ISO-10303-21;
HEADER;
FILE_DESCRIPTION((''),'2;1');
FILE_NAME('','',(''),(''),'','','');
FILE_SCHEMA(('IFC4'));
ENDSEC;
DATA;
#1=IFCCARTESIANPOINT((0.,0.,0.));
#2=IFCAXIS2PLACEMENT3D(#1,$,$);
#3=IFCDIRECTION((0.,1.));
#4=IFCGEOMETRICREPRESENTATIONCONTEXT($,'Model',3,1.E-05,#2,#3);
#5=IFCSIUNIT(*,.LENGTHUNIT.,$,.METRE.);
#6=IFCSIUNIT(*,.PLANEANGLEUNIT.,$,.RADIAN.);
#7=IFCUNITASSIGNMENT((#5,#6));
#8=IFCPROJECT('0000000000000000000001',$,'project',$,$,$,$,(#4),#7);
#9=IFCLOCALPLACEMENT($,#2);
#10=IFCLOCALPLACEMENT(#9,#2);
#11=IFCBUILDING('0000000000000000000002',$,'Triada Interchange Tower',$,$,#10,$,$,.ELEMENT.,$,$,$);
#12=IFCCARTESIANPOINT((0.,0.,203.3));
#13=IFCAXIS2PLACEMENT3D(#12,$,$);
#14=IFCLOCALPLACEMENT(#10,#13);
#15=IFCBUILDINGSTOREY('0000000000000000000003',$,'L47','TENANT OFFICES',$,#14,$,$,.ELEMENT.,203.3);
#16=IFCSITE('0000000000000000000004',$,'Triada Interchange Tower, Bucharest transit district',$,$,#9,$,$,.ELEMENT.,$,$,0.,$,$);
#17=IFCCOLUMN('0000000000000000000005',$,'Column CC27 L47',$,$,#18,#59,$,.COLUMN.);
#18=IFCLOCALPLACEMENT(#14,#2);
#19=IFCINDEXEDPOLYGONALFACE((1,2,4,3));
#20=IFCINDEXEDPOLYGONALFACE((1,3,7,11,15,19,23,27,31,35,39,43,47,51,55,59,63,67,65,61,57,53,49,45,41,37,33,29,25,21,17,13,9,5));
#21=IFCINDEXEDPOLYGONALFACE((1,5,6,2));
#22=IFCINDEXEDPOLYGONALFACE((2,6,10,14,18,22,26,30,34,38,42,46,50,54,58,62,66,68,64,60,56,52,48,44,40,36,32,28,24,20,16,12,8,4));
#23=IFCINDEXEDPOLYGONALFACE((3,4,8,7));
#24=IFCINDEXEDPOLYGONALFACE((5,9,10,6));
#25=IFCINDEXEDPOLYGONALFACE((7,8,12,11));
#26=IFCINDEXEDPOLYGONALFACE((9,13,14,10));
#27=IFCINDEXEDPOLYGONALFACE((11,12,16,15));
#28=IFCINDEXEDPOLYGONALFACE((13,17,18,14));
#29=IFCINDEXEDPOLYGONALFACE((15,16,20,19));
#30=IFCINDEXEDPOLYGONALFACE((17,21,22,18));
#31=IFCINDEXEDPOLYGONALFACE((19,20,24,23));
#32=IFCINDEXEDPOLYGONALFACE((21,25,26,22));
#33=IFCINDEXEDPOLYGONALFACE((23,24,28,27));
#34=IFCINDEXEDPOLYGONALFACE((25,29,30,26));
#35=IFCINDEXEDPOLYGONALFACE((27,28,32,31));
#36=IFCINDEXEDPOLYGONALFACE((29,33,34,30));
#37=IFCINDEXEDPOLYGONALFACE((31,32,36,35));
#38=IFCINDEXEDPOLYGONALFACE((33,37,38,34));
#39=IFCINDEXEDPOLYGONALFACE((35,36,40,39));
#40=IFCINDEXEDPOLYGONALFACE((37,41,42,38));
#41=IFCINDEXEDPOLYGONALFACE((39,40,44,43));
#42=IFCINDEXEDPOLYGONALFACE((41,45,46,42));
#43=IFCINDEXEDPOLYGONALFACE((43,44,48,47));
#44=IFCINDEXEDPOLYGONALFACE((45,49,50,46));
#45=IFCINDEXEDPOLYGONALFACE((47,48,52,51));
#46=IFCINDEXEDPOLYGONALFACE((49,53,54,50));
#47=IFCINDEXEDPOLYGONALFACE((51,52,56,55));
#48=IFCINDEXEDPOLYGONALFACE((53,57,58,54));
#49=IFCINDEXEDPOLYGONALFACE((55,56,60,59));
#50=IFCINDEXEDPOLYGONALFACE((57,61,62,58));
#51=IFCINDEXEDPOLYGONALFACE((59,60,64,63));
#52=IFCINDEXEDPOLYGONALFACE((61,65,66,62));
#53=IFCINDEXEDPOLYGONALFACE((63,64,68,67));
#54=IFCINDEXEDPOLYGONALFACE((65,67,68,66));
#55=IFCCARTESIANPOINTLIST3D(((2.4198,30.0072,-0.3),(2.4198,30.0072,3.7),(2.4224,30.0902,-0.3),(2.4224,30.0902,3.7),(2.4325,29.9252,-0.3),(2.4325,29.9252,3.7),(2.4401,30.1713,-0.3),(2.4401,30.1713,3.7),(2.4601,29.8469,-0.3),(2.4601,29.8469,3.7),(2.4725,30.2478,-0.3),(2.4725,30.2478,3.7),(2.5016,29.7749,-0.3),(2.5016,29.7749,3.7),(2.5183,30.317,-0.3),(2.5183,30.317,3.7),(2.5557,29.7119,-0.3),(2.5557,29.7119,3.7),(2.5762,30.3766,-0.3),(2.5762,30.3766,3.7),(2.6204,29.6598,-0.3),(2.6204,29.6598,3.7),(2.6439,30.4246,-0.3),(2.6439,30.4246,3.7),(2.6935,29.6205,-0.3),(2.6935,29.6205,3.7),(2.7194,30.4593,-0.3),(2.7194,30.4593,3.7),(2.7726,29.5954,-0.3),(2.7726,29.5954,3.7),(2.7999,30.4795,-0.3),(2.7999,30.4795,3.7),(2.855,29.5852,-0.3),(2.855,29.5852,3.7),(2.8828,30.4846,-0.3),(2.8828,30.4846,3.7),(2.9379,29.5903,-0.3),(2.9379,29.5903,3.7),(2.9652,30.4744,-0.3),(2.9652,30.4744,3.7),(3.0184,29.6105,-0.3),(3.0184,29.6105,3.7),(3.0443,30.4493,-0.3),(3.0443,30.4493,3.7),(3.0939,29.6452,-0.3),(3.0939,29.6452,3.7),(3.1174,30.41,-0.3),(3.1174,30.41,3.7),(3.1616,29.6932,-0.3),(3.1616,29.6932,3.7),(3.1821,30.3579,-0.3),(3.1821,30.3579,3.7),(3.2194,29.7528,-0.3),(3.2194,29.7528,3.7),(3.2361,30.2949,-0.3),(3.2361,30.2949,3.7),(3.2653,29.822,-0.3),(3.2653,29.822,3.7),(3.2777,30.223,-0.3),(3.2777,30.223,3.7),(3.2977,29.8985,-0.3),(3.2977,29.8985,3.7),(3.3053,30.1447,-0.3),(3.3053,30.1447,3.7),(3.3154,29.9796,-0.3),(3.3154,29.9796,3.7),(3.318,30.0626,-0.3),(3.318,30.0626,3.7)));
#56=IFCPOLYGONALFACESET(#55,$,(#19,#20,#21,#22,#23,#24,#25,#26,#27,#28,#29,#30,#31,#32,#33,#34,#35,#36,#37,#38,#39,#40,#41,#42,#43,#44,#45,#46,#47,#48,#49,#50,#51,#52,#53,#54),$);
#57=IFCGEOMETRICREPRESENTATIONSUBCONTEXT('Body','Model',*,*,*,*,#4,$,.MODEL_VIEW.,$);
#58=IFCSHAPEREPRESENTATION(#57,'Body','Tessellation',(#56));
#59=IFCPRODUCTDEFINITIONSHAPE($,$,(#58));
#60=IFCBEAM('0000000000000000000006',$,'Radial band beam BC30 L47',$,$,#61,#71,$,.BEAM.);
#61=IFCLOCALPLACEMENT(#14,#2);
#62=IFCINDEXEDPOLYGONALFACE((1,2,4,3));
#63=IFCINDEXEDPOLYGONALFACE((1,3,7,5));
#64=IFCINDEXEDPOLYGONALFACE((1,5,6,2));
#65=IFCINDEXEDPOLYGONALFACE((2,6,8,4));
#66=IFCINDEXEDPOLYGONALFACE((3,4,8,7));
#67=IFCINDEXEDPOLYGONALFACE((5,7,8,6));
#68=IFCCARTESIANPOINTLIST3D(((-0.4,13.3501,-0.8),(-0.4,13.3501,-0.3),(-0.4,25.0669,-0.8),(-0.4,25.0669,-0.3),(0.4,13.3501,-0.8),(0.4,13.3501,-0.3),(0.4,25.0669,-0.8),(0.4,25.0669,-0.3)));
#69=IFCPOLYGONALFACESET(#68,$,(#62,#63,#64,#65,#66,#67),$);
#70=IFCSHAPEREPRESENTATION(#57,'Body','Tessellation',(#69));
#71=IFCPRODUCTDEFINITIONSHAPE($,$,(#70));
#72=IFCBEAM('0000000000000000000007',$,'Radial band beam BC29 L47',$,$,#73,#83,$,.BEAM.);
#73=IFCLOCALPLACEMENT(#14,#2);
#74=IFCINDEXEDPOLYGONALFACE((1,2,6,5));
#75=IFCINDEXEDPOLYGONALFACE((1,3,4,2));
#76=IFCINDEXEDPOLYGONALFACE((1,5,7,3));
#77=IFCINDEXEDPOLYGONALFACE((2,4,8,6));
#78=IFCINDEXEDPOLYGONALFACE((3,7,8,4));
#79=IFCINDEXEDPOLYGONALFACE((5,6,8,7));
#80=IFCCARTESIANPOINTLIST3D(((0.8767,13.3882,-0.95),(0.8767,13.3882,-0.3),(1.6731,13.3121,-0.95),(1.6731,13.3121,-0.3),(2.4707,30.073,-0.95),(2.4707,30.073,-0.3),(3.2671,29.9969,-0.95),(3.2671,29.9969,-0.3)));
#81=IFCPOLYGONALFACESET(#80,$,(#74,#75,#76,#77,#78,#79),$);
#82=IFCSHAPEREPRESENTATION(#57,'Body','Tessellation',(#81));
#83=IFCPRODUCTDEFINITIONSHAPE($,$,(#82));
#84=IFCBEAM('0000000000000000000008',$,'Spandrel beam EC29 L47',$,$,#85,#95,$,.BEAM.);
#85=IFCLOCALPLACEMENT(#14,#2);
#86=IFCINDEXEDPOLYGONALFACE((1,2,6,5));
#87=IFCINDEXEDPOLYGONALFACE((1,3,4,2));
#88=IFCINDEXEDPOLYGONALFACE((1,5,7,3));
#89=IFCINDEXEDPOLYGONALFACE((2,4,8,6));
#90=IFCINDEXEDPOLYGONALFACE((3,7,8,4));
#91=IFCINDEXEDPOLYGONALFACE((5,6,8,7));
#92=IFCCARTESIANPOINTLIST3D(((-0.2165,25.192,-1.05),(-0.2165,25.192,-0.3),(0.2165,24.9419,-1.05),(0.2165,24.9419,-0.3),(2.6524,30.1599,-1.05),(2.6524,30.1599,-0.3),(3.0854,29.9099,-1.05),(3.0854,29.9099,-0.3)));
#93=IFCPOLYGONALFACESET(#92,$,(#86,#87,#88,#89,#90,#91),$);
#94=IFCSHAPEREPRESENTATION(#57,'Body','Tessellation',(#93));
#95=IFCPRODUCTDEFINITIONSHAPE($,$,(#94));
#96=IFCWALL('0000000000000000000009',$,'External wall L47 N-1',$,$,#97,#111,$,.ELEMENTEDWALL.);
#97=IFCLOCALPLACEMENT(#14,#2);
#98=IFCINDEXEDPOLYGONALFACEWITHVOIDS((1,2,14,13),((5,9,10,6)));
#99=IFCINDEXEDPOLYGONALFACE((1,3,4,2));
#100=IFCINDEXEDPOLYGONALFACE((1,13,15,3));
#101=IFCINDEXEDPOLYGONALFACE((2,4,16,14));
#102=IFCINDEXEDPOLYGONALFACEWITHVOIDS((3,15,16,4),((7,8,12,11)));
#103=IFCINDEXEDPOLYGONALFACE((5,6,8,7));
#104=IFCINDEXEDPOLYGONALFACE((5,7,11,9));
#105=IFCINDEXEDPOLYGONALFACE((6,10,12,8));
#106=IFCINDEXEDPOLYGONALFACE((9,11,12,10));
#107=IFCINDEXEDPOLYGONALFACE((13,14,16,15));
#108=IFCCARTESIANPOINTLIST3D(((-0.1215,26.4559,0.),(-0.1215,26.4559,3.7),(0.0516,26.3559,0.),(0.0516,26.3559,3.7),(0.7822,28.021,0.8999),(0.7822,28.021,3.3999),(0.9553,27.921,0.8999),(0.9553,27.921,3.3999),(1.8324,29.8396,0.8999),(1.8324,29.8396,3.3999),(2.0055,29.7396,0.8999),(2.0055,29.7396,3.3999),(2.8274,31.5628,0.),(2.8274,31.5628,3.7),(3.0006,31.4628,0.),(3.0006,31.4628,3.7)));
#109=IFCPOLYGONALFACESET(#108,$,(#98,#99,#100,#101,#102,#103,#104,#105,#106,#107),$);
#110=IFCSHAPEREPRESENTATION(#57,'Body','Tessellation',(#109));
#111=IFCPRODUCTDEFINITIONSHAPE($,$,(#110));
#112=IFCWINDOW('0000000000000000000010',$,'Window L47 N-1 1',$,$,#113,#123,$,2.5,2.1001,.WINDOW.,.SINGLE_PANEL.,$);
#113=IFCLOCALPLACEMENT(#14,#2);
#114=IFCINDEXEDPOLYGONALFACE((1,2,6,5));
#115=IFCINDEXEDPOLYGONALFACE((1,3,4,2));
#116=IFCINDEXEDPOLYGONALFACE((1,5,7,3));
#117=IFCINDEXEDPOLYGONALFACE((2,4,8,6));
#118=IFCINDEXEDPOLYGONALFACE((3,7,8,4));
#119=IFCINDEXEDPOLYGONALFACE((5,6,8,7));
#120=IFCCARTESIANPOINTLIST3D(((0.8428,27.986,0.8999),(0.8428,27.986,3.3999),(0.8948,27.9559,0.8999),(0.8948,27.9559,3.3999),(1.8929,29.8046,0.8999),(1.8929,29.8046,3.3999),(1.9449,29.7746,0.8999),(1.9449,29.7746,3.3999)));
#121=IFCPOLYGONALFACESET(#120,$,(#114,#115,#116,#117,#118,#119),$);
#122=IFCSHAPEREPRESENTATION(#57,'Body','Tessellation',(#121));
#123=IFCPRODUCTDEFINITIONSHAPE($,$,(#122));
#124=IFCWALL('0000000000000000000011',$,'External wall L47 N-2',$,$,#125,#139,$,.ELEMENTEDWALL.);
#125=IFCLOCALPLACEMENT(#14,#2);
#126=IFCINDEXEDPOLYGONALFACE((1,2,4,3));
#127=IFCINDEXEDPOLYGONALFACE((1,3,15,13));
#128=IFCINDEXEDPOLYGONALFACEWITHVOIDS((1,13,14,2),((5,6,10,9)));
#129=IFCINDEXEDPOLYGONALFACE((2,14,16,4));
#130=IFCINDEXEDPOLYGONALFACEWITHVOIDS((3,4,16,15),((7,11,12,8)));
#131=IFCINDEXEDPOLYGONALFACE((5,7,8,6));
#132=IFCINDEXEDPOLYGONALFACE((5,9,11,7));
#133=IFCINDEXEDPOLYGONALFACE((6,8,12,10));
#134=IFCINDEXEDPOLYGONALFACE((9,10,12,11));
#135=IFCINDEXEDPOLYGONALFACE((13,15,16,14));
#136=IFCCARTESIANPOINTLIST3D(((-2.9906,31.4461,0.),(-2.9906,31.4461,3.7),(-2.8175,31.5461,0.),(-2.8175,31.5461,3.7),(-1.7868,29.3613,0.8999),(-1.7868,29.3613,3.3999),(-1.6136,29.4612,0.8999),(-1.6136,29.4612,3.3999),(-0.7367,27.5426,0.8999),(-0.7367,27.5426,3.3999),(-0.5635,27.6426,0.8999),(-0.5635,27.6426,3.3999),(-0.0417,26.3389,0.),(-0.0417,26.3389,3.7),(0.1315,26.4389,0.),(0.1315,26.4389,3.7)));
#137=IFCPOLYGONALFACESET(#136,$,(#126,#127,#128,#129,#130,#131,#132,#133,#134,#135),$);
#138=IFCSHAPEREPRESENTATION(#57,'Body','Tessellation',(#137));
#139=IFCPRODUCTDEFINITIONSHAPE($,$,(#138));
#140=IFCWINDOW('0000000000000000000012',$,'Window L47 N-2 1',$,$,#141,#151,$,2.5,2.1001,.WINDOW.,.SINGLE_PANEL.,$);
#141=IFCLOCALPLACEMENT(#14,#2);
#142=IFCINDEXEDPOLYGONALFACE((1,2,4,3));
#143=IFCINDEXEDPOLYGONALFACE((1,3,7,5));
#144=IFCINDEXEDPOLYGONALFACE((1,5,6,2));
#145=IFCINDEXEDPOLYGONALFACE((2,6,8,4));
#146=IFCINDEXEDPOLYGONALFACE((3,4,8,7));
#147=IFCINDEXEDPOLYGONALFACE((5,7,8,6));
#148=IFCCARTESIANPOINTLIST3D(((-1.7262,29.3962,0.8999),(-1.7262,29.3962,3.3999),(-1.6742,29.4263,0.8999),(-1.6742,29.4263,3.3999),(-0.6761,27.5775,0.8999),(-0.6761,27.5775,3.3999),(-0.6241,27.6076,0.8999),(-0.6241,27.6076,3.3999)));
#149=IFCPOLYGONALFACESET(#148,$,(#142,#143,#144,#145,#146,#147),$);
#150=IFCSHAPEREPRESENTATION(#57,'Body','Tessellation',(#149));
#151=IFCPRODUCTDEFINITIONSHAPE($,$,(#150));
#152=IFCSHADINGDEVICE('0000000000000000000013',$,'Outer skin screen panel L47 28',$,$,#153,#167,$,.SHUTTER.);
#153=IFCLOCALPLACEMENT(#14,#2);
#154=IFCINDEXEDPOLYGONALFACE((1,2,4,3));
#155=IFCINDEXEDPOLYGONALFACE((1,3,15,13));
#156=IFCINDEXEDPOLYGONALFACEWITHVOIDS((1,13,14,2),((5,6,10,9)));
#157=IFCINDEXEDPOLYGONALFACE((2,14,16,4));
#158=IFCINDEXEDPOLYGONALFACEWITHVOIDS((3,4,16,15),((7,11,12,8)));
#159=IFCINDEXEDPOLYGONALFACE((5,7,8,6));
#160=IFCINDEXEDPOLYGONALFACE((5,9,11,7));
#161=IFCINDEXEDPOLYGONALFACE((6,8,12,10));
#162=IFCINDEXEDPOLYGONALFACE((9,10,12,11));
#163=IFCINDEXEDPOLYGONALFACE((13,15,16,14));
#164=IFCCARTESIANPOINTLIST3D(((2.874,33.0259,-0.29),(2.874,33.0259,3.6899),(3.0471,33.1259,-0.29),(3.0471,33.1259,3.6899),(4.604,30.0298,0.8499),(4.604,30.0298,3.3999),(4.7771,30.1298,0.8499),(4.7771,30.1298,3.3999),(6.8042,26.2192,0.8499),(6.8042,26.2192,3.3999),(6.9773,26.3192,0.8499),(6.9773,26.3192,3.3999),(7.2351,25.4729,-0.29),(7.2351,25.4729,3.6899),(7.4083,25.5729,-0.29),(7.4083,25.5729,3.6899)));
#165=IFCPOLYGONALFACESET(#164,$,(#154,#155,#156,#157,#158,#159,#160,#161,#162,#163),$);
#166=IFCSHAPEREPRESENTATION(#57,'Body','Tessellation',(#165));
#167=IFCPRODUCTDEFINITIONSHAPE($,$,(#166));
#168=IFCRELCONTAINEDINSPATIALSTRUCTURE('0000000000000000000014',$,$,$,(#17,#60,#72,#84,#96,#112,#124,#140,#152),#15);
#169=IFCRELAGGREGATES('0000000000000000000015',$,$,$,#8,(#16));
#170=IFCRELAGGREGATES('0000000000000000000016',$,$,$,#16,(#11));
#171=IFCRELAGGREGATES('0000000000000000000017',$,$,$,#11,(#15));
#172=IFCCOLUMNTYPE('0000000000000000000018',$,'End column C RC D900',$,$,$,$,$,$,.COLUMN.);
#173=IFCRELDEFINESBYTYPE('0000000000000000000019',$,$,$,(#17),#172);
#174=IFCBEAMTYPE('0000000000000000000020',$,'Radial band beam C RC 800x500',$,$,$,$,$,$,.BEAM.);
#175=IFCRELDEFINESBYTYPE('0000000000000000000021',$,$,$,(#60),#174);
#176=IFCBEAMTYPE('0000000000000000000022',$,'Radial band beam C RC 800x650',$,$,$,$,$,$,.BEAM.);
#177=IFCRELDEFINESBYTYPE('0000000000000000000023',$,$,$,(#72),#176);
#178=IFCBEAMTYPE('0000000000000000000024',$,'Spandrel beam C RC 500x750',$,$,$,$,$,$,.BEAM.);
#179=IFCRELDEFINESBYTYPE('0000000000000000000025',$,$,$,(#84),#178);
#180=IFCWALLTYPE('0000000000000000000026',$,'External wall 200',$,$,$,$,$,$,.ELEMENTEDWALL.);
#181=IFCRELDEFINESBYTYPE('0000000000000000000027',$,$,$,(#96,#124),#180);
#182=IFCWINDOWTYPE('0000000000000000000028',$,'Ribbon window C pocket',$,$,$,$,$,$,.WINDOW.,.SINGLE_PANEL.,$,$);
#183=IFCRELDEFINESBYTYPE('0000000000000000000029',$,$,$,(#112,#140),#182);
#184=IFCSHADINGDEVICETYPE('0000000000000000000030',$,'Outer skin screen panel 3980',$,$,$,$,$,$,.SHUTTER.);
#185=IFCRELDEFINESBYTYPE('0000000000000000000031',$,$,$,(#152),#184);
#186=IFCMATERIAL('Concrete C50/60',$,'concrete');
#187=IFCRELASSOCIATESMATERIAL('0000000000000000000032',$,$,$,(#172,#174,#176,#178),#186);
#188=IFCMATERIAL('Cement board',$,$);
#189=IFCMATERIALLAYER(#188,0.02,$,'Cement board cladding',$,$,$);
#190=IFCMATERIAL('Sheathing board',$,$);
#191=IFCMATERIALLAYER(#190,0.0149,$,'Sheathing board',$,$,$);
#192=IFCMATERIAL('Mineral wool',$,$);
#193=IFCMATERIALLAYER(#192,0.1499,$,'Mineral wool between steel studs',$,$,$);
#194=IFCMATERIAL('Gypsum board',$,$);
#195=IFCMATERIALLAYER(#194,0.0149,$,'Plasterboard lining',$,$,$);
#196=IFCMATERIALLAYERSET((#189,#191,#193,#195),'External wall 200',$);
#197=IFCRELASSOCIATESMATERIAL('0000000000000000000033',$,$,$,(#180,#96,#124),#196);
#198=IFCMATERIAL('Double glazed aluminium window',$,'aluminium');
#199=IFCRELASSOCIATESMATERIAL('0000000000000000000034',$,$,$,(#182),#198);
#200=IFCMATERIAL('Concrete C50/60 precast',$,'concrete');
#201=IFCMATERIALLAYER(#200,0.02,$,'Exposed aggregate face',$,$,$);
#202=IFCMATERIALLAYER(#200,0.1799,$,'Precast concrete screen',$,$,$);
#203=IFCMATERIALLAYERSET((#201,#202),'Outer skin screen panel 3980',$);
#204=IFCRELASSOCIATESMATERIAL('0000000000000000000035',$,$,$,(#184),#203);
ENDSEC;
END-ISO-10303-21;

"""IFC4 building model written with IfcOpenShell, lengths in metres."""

from ifc_helpers import new_model, si_unit, direction, frame, frame_2d, origin, origin_2d, place, context, subcontext, project, spatial, polyline, rectangle, circle, outline, extrude, material, layer, layer_set, layer_usage, material_profile, profile_set, type_object, element, fill, save


model = new_model("IFC4")

# Units and contexts
model_context = context("Model", 3, precision=1e-05, world=origin(), true_north=direction((0.0, 1.0)))
body_context = subcontext(model_context, "Body", "Model", "MODEL_VIEW")
ifc_project = project(units=[si_unit("LENGTHUNIT", "METRE"), si_unit("PLANEANGLEUNIT", "RADIAN")], contexts=[model_context])

# Site, building, storey
site_placement = place(None, origin())
site = spatial("IfcSite", under=ifc_project, at=site_placement, Name="Triada Interchange Tower, Bucharest transit district", CompositionType="ELEMENT", RefElevation=0.0)
building_placement = place(site_placement, origin())
building = spatial("IfcBuilding", under=site, at=building_placement, Name="Triada Interchange Tower", CompositionType="ELEMENT")
storey_placement = place(building_placement, frame((0.0, 0.0, 203.3)))
storey = spatial("IfcBuildingStorey", under=building, at=storey_placement, Name="L47", Description="TENANT OFFICES", CompositionType="ELEMENT", Elevation=203.3)

# Column
ifc_material_1 = material(Name="Concrete C50/60", Category="concrete")
ifc_material_profile_1 = material_profile(ifc_material_1, circle(Radius=0.45, at=origin_2d()), Name="RC D900")
ifc_profile_set_1 = profile_set([ifc_material_profile_1], Name="Concrete C50/60")
column_type = type_object("IfcColumnType", Name="End column C RC D900", PredefinedType="COLUMN", material=ifc_profile_set_1)
column_placement = place(storey_placement, frame((2.8689, 30.0349, -0.3), z_axis=(0.0, 0.0, 1.0), x_axis=(-0.5, 0.866025, 0.0)))
element("IfcColumn", 1, at=column_placement, inside=storey, type_object=column_type, Name="Column CC27 L47", PredefinedType="COLUMN", context=body_context, shape_type="SweptSolid", body=[
    extrude(circle(Radius=0.45, at=origin_2d()), origin(), (0.0, 0.0, 1.0), 4.0),
])

# Beams
ifc_material_profile_2 = material_profile(ifc_material_1, rectangle(XDim=0.8, YDim=0.5, at=origin_2d()), Name="RC 800x500")
ifc_profile_set_2 = profile_set([ifc_material_profile_2], Name="Concrete C50/60")
beam_type_1 = type_object("IfcBeamType", Name="Radial band beam C RC 800x500", PredefinedType="BEAM", material=ifc_profile_set_2)
beam_1_placement = place(storey_placement, frame((0.0, 25.0669, -0.55), z_axis=(0.0, -1.0, 0.0), x_axis=(1.0, 0.0, 0.0)))
element("IfcBeam", 2, at=beam_1_placement, inside=storey, type_object=beam_type_1, Name="Radial band beam BC30 L47", PredefinedType="BEAM", context=body_context, shape_type="SweptSolid", body=[
    extrude(rectangle(XDim=0.8, YDim=0.5, at=origin_2d()), origin(), (0.0, 0.0, 1.0), 11.7168),
])
ifc_material_profile_3 = material_profile(ifc_material_1, rectangle(XDim=0.8, YDim=0.6499, at=origin_2d()), Name="RC 800x650")
ifc_profile_set_3 = profile_set([ifc_material_profile_3], Name="Concrete C50/60")
beam_type_2 = type_object("IfcBeamType", Name="Radial band beam C RC 800x650", PredefinedType="BEAM", material=ifc_profile_set_3)
beam_2_placement = place(storey_placement, frame((2.8689, 30.0349, -0.625), z_axis=(-0.095103, -0.995467, 0.0), x_axis=(0.995467, -0.095103, 0.0)))
element("IfcBeam", 3, at=beam_2_placement, inside=storey, type_object=beam_type_2, Name="Radial band beam BC29 L47", PredefinedType="BEAM", context=body_context, shape_type="SweptSolid", body=[
    extrude(rectangle(XDim=0.8, YDim=0.6499, at=origin_2d()), origin(), (0.0, 0.0, 1.0), 16.7607),
])
ifc_material_profile_4 = material_profile(ifc_material_1, rectangle(XDim=0.5, YDim=0.75, at=origin_2d()), Name="RC 500x750")
ifc_profile_set_4 = profile_set([ifc_material_profile_4], Name="Concrete C50/60")
beam_type_3 = type_object("IfcBeamType", Name="Spandrel beam C RC 500x750", PredefinedType="BEAM", material=ifc_profile_set_4)
beam_3_placement = place(storey_placement, frame((2.8689, 30.0349, -0.675), z_axis=(-0.50008, -0.865979, 0.0), x_axis=(0.865979, -0.50008, 0.0)))
element("IfcBeam", 4, at=beam_3_placement, inside=storey, type_object=beam_type_3, Name="Spandrel beam EC29 L47", PredefinedType="BEAM", context=body_context, shape_type="SweptSolid", body=[
    extrude(rectangle(XDim=0.5, YDim=0.75, at=origin_2d()), origin(), (0.0, 0.0, 1.0), 5.7368),
])

# Walls, openings, windows
ifc_material_2 = material(Name="Cement board")
ifc_layer_1 = layer(ifc_material_2, 0.02, Name="Cement board cladding")
ifc_material_3 = material(Name="Sheathing board")
ifc_layer_2 = layer(ifc_material_3, 0.0149, Name="Sheathing board")
ifc_material_4 = material(Name="Mineral wool")
ifc_layer_3 = layer(ifc_material_4, 0.1499, Name="Mineral wool between steel studs")
ifc_material_5 = material(Name="Gypsum board")
ifc_layer_4 = layer(ifc_material_5, 0.0149, Name="Plasterboard lining")
ifc_layer_set_1 = layer_set([ifc_layer_1, ifc_layer_2, ifc_layer_3, ifc_layer_4], Name="External wall 200")
ifc_layer_usage = layer_usage(ifc_layer_set_1, "AXIS2", "POSITIVE", -0.1001)
wall_type = type_object("IfcWallType", Name="External wall 200", PredefinedType="ELEMENTEDWALL", material=ifc_layer_set_1)
wall_1_placement = place(storey_placement, frame((2.9141, 31.5129, 0.0), z_axis=(0.0, 0.0, 1.0), x_axis=(-0.500062, -0.86599, 0.0)))
wall_1 = element("IfcWall", 5, at=wall_1_placement, inside=storey, type_object=wall_type, material=ifc_layer_usage, Name="External wall L47 N-1", PredefinedType="ELEMENTEDWALL", context=body_context, shape_type="SweptSolid", body=[
    extrude(rectangle(XDim=5.8972, YDim=0.2, at=frame_2d((2.9487, 0.0))), origin(), (0.0, 0.0, 1.0), 3.7),
])
opening_1_placement = place(wall_1_placement, frame((1.99, 0.0, 0.8999)))
opening_1 = element("IfcOpeningElement", 6, at=opening_1_placement, cuts=wall_1, PredefinedType="OPENING", context=body_context, shape_type="SweptSolid", body=[
    extrude(rectangle(XDim=2.1001, YDim=2.5, at=frame_2d((1.05, 1.25))), frame((0.0, 0.1099, 0.0), z_axis=(0.0, -1.0, 0.0), x_axis=(1.0, 0.0, 0.0)), (0.0, 0.0, 1.0), 0.22),
])
ifc_material_6 = material(Name="Double glazed aluminium window", Category="aluminium")
window_type = type_object("IfcWindowType", Name="Ribbon window C pocket", PartitioningType="SINGLE_PANEL", PredefinedType="WINDOW", material=ifc_material_6)
window_1_placement = place(opening_1_placement, origin())
window_1 = element("IfcWindow", 7, at=window_1_placement, inside=storey, type_object=window_type, Name="Window L47 N-1 1", OverallHeight=2.5, OverallWidth=2.1001, PartitioningType="SINGLE_PANEL", PredefinedType="WINDOW", context=body_context, shape_type="SweptSolid", body=[
    extrude(rectangle(XDim=2.1001, YDim=2.5, at=frame_2d((1.05, 1.25))), frame((0.0, 0.03, 0.0), z_axis=(0.0, -1.0, 0.0), x_axis=(1.0, 0.0, 0.0)), (0.0, 0.0, 1.0), 0.0601),
])
fill(opening_1, window_1)
wall_2_placement = place(storey_placement, frame((0.0449, 26.3889, 0.0), z_axis=(0.0, 0.0, 1.0), x_axis=(-0.500044, 0.866, 0.0)))
wall_2 = element("IfcWall", 8, at=wall_2_placement, inside=storey, type_object=wall_type, material=ifc_layer_usage, Name="External wall L47 N-2", PredefinedType="ELEMENTEDWALL", context=body_context, shape_type="SweptSolid", body=[
    extrude(rectangle(XDim=5.8975, YDim=0.2, at=frame_2d((2.9487, 0.0))), origin(), (0.0, 0.0, 1.0), 3.7),
])
opening_2_placement = place(wall_2_placement, frame((1.3899, 0.0, 0.8999)))
opening_2 = element("IfcOpeningElement", 9, at=opening_2_placement, cuts=wall_2, PredefinedType="OPENING", context=body_context, shape_type="SweptSolid", body=[
    extrude(rectangle(XDim=2.1001, YDim=2.5, at=frame_2d((1.05, 1.25))), frame((0.0, 0.1099, 0.0), z_axis=(0.0, -1.0, 0.0), x_axis=(1.0, 0.0, 0.0)), (0.0, 0.0, 1.0), 0.22),
])
window_2_placement = place(opening_2_placement, origin())
window_2 = element("IfcWindow", 10, at=window_2_placement, inside=storey, type_object=window_type, Name="Window L47 N-2 1", OverallHeight=2.5, OverallWidth=2.1001, PartitioningType="SINGLE_PANEL", PredefinedType="WINDOW", context=body_context, shape_type="SweptSolid", body=[
    extrude(rectangle(XDim=2.1001, YDim=2.5, at=frame_2d((1.05, 1.25))), frame((0.0, 0.03, 0.0), z_axis=(0.0, -1.0, 0.0), x_axis=(1.0, 0.0, 0.0)), (0.0, 0.0, 1.0), 0.0601),
])
fill(opening_2, window_2)

# Shading device
ifc_material_7 = material(Name="Concrete C50/60 precast", Category="concrete")
ifc_layer_5 = layer(ifc_material_7, 0.02, Name="Exposed aggregate face")
ifc_layer_6 = layer(ifc_material_7, 0.1799, Name="Precast concrete screen")
ifc_layer_set_2 = layer_set([ifc_layer_5, ifc_layer_6], Name="Outer skin screen panel 3980")
shading_device_type = type_object("IfcShadingDeviceType", Name="Outer skin screen panel 3980", PredefinedType="SHUTTER", material=ifc_layer_set_2)
shading_device_1_placement = place(storey_placement, frame((7.2351, 25.4729, -0.29), z_axis=(0.0, 0.0, 1.0), x_axis=(-0.500032, 0.866007, 0.0)))
element("IfcShadingDevice", 11, at=shading_device_1_placement, inside=storey, type_object=shading_device_type, Name="Outer skin screen panel L47 28", PredefinedType="SHUTTER", context=body_context, shape_type="SweptSolid", body=[
    extrude(outline(polyline([(0.0, 0.0), (8.7217, 0.0), (8.7217, 3.98), (0.0, 3.98), (0.0, 0.0)]), holes=[polyline([(0.8618, 1.1399), (0.8618, 3.6899), (5.262, 3.6899), (5.262, 1.1399), (0.8618, 1.1399)])]), frame((0.0, 0.0, 0.0), z_axis=(0.0, -1.0, 0.0), x_axis=(1.0, 0.0, 0.0)), (0.0, 0.0, 1.0), 0.2),
])

save(model, "model.ifc")
